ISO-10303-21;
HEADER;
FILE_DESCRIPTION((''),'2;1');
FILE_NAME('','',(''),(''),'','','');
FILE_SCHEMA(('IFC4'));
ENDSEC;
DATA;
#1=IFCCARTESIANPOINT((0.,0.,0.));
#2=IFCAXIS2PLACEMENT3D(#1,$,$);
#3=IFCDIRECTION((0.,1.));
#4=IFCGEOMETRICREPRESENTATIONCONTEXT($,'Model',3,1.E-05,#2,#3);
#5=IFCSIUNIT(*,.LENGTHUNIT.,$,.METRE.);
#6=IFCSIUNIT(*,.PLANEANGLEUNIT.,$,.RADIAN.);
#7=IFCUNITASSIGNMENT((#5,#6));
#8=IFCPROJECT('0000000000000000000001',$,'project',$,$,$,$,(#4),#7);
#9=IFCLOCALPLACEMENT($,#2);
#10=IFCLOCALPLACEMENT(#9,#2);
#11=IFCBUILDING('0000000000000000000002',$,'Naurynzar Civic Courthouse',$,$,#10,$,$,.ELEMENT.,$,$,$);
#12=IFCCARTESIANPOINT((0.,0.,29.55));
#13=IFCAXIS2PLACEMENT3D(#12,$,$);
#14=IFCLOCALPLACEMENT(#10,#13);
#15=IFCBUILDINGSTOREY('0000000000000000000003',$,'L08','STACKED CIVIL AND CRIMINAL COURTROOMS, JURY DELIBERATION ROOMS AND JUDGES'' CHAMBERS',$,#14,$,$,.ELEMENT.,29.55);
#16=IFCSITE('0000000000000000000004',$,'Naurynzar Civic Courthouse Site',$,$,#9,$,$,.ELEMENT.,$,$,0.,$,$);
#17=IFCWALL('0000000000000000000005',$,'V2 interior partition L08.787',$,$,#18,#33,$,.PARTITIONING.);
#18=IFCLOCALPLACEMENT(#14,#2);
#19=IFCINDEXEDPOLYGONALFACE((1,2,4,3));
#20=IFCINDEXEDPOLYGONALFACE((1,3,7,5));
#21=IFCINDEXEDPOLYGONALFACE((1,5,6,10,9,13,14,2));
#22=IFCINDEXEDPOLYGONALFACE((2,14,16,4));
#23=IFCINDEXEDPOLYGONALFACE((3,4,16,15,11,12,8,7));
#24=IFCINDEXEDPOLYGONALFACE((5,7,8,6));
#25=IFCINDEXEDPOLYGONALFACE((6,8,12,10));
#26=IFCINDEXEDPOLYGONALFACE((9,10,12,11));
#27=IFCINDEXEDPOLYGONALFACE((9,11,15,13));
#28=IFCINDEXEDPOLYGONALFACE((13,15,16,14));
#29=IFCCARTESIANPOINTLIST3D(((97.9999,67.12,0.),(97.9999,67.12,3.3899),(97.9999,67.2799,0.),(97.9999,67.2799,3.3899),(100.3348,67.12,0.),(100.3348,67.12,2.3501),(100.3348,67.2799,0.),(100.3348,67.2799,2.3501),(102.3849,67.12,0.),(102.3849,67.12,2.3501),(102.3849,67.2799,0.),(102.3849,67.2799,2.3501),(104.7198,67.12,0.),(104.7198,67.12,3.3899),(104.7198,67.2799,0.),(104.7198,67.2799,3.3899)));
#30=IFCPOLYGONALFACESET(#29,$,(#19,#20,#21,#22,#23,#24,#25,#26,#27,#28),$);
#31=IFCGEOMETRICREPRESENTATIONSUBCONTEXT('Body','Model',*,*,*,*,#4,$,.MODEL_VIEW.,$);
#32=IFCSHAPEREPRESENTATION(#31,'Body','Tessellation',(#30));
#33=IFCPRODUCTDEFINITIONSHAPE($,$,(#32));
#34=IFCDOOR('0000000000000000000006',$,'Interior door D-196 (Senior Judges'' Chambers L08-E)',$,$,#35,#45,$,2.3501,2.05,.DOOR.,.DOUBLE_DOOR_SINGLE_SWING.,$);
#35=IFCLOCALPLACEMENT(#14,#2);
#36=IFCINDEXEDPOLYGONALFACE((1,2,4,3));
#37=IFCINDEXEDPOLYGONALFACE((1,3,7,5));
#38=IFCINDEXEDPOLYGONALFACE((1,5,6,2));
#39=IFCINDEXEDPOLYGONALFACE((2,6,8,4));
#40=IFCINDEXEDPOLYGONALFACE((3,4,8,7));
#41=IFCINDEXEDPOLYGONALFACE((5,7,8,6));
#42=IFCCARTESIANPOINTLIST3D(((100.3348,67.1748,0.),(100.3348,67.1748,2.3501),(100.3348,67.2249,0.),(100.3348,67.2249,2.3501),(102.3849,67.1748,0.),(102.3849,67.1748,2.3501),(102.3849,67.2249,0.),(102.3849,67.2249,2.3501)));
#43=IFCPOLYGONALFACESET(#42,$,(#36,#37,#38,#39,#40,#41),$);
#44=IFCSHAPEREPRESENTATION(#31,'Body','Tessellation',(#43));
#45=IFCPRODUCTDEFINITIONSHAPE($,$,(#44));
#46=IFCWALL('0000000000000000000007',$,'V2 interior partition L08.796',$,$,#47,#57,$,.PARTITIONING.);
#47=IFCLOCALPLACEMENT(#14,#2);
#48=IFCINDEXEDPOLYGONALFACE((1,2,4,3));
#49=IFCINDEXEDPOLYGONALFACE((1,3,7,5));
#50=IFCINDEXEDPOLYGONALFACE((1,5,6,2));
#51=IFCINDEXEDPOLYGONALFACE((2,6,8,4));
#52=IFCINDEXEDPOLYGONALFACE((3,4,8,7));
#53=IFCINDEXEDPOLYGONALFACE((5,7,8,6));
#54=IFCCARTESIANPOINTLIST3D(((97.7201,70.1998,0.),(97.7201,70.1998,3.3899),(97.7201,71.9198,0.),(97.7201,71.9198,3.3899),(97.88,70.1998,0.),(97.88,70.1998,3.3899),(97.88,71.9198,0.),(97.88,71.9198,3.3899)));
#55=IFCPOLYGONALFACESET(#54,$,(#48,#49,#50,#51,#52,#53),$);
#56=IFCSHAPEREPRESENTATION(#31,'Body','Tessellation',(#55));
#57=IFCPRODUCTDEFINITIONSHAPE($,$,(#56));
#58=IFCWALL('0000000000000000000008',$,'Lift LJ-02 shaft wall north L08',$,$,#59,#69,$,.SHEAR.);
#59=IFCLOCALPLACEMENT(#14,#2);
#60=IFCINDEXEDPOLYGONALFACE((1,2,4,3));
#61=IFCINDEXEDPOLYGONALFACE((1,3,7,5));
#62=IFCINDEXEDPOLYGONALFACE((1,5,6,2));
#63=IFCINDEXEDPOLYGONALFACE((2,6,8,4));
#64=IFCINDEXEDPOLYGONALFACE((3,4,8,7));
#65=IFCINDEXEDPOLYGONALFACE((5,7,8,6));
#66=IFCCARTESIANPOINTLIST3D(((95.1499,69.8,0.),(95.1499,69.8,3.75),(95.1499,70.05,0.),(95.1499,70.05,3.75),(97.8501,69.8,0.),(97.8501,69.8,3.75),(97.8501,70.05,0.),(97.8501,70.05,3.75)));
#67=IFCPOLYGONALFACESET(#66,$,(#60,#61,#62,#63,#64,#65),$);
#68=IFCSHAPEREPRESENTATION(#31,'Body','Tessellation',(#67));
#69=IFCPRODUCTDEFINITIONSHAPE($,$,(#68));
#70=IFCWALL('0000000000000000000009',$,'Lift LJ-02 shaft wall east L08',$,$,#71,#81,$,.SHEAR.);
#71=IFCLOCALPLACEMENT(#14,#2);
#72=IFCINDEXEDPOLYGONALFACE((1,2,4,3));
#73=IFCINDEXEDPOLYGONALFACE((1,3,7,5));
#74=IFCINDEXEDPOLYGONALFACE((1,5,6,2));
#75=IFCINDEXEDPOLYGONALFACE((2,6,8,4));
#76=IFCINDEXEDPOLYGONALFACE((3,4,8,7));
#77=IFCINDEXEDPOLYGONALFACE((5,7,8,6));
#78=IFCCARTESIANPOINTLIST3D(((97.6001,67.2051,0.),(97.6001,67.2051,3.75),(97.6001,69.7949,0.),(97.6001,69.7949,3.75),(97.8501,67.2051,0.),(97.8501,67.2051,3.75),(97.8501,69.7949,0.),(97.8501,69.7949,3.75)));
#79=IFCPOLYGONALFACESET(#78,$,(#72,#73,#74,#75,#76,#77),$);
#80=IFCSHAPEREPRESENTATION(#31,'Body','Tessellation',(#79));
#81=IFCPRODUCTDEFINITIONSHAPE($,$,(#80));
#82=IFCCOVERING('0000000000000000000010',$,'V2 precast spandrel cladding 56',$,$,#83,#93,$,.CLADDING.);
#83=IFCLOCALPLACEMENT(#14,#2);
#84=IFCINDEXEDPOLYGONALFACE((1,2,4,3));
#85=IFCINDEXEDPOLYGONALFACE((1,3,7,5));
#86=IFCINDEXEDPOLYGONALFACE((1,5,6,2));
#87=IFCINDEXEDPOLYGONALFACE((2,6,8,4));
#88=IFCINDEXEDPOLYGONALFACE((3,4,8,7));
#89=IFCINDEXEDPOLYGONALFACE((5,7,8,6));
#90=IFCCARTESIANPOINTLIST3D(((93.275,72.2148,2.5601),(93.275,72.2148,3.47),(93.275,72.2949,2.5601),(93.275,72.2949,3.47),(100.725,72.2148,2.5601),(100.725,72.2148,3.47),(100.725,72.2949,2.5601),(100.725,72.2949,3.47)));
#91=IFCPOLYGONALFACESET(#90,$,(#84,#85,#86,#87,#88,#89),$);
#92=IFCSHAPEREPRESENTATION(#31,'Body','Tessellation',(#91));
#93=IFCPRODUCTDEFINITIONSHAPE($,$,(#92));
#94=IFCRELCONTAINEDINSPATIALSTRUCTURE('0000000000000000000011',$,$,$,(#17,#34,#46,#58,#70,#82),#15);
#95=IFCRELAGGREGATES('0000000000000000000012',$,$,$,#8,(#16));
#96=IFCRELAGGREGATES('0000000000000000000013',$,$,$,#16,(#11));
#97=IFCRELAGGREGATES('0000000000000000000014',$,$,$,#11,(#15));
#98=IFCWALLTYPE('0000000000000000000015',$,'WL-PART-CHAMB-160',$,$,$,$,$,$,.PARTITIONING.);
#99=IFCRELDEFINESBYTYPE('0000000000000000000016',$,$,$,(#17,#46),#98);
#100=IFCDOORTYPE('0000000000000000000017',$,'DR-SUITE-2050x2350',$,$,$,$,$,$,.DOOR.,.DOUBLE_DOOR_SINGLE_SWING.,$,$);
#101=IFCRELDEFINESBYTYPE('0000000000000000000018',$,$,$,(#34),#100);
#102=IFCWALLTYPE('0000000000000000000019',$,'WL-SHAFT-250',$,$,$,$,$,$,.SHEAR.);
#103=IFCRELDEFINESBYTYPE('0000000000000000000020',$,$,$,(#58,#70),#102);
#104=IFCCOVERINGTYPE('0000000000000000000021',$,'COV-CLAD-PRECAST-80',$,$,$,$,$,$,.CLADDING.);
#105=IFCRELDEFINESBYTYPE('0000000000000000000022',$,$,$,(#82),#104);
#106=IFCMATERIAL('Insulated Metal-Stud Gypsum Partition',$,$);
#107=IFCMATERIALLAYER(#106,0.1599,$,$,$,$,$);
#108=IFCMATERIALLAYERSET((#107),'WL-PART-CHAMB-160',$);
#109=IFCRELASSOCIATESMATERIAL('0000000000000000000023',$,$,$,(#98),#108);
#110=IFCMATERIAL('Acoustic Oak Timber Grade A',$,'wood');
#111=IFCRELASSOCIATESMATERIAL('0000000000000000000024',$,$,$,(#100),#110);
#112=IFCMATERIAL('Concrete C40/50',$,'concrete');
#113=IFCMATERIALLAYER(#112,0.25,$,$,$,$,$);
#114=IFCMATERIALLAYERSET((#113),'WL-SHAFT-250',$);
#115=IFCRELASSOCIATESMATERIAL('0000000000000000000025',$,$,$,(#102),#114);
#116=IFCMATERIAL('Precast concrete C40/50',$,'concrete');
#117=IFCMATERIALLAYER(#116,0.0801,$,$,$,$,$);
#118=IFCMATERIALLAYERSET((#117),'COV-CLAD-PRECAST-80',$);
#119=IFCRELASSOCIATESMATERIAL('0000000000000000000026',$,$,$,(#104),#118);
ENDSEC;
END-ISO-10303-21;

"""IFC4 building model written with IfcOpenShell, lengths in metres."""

from ifc_helpers import new_model, si_unit, direction, frame, frame_2d, origin, origin_2d, place, context, subcontext, project, spatial, rectangle, extrude, material, layer, layer_set, type_object, element, fill, save


model = new_model("IFC4")

# Units and contexts
model_context = context("Model", 3, precision=1e-05, world=origin(), true_north=direction((0.0, 1.0)))
body_context = subcontext(model_context, "Body", "Model", "MODEL_VIEW")
ifc_project = project(units=[si_unit("LENGTHUNIT", "METRE"), si_unit("PLANEANGLEUNIT", "RADIAN")], contexts=[model_context])

# Site, building, storey
site_placement = place(None, origin())
site = spatial("IfcSite", under=ifc_project, at=site_placement, Name="Naurynzar Civic Courthouse Site", CompositionType="ELEMENT", RefElevation=0.0)
building_placement = place(site_placement, origin())
building = spatial("IfcBuilding", under=site, at=building_placement, Name="Naurynzar Civic Courthouse", CompositionType="ELEMENT")
storey_placement = place(building_placement, frame((0.0, 0.0, 29.55)))
storey = spatial("IfcBuildingStorey", under=building, at=storey_placement, Name="L08", Description="STACKED CIVIL AND CRIMINAL COURTROOMS, JURY DELIBERATION ROOMS AND JUDGES' CHAMBERS", CompositionType="ELEMENT", Elevation=29.55)

# Wall, opening, door
ifc_material_1 = material(Name="Insulated Metal-Stud Gypsum Partition")
ifc_layer_1 = layer(ifc_material_1, 0.1599)
ifc_layer_set_1 = layer_set([ifc_layer_1], Name="WL-PART-CHAMB-160")
wall_type_1 = type_object("IfcWallType", Name="WL-PART-CHAMB-160", PredefinedType="PARTITIONING", material=ifc_layer_set_1)
wall_1_placement = place(storey_placement, frame((98.0, 67.2, 0.0), z_axis=(0.0, 0.0, 1.0), x_axis=(1.0, 0.0, 0.0)))
wall_1 = element("IfcWall", 1, at=wall_1_placement, inside=storey, type_object=wall_type_1, Name="V2 interior partition L08.787", PredefinedType="PARTITIONING", context=body_context, shape_type="SweptSolid", body=[
    extrude(rectangle(XDim=6.72, YDim=0.1599, at=frame_2d((3.3599, 0.0))), origin(), (0.0, 0.0, 1.0), 3.3899),
])
opening_placement = place(wall_1_placement, frame((2.335, 0.0, 0.0)))
opening = element("IfcOpeningElement", 2, at=opening_placement, cuts=wall_1, PredefinedType="OPENING", context=body_context, shape_type="SweptSolid", body=[
    extrude(rectangle(XDim=2.05, YDim=2.3501, at=frame_2d((1.0249, 1.175))), frame((0.0, 0.0898, 0.0), z_axis=(0.0, -1.0, 0.0), x_axis=(1.0, 0.0, 0.0)), (0.0, 0.0, 1.0), 0.1799),
])
ifc_material_2 = material(Name="Acoustic Oak Timber Grade A", Category="wood")
door_type = type_object("IfcDoorType", Name="DR-SUITE-2050x2350", OperationType="DOUBLE_DOOR_SINGLE_SWING", PredefinedType="DOOR", material=ifc_material_2)
door_placement = place(opening_placement, origin())
door = element("IfcDoor", 3, at=door_placement, inside=storey, type_object=door_type, Name="Interior door D-196 (Senior Judges' Chambers L08-E)", OperationType="DOUBLE_DOOR_SINGLE_SWING", OverallHeight=2.3501, OverallWidth=2.05, PredefinedType="DOOR", context=body_context, shape_type="SweptSolid", body=[
    extrude(rectangle(XDim=2.05, YDim=2.3501, at=frame_2d((1.0249, 1.175))), frame((0.0, 0.0249, 0.0), z_axis=(0.0, -1.0, 0.0), x_axis=(1.0, 0.0, 0.0)), (0.0, 0.0, 1.0), 0.05),
])
fill(opening, door)

# Walls
wall_2_placement = place(storey_placement, frame((97.8, 70.2, 0.0), z_axis=(0.0, 0.0, 1.0), x_axis=(0.0, 1.0, 0.0)))
element("IfcWall", 4, at=wall_2_placement, inside=storey, type_object=wall_type_1, Name="V2 interior partition L08.796", PredefinedType="PARTITIONING", context=body_context, shape_type="SweptSolid", body=[
    extrude(rectangle(XDim=1.72, YDim=0.1599, at=frame_2d((0.8599, 0.0))), origin(), (0.0, 0.0, 1.0), 3.3899),
])
ifc_material_3 = material(Name="Concrete C40/50", Category="concrete")
ifc_layer_2 = layer(ifc_material_3, 0.25)
ifc_layer_set_2 = layer_set([ifc_layer_2], Name="WL-SHAFT-250")
wall_type_2 = type_object("IfcWallType", Name="WL-SHAFT-250", PredefinedType="SHEAR", material=ifc_layer_set_2)
wall_3_placement = place(storey_placement, frame((97.8501, 69.925, 0.0), z_axis=(0.0, 0.0, 1.0), x_axis=(-1.0, 0.0, 0.0)))
element("IfcWall", 5, at=wall_3_placement, inside=storey, type_object=wall_type_2, Name="Lift LJ-02 shaft wall north L08", PredefinedType="SHEAR", context=body_context, shape_type="SweptSolid", body=[
    extrude(rectangle(XDim=2.7002, YDim=0.25, at=frame_2d((1.3501, 0.0))), origin(), (0.0, 0.0, 1.0), 3.75),
])
wall_4_placement = place(storey_placement, frame((97.7251, 67.2051, 0.0), z_axis=(0.0, 0.0, 1.0), x_axis=(0.0, 1.0, 0.0)))
element("IfcWall", 6, at=wall_4_placement, inside=storey, type_object=wall_type_2, Name="Lift LJ-02 shaft wall east L08", PredefinedType="SHEAR", context=body_context, shape_type="SweptSolid", body=[
    extrude(rectangle(XDim=2.5898, YDim=0.25, at=frame_2d((1.2949, 0.0))), origin(), (0.0, 0.0, 1.0), 3.75),
])

# Covering
ifc_material_4 = material(Name="Precast concrete C40/50", Category="concrete")
ifc_layer_3 = layer(ifc_material_4, 0.0801)
ifc_layer_set_3 = layer_set([ifc_layer_3], Name="COV-CLAD-PRECAST-80")
covering_type = type_object("IfcCoveringType", Name="COV-CLAD-PRECAST-80", PredefinedType="CLADDING", material=ifc_layer_set_3)
covering_placement = place(storey_placement, frame((97.0, 72.2549, 2.5601), z_axis=(0.0, 0.0, 1.0), x_axis=(1.0, 0.0, 0.0)))
element("IfcCovering", 7, at=covering_placement, inside=storey, type_object=covering_type, Name="V2 precast spandrel cladding 56", PredefinedType="CLADDING", context=body_context, shape_type="SweptSolid", body=[
    extrude(rectangle(XDim=7.45, YDim=0.0801, at=origin_2d()), origin(), (0.0, 0.0, 1.0), 0.9099),
])

save(model, "model.ifc")
